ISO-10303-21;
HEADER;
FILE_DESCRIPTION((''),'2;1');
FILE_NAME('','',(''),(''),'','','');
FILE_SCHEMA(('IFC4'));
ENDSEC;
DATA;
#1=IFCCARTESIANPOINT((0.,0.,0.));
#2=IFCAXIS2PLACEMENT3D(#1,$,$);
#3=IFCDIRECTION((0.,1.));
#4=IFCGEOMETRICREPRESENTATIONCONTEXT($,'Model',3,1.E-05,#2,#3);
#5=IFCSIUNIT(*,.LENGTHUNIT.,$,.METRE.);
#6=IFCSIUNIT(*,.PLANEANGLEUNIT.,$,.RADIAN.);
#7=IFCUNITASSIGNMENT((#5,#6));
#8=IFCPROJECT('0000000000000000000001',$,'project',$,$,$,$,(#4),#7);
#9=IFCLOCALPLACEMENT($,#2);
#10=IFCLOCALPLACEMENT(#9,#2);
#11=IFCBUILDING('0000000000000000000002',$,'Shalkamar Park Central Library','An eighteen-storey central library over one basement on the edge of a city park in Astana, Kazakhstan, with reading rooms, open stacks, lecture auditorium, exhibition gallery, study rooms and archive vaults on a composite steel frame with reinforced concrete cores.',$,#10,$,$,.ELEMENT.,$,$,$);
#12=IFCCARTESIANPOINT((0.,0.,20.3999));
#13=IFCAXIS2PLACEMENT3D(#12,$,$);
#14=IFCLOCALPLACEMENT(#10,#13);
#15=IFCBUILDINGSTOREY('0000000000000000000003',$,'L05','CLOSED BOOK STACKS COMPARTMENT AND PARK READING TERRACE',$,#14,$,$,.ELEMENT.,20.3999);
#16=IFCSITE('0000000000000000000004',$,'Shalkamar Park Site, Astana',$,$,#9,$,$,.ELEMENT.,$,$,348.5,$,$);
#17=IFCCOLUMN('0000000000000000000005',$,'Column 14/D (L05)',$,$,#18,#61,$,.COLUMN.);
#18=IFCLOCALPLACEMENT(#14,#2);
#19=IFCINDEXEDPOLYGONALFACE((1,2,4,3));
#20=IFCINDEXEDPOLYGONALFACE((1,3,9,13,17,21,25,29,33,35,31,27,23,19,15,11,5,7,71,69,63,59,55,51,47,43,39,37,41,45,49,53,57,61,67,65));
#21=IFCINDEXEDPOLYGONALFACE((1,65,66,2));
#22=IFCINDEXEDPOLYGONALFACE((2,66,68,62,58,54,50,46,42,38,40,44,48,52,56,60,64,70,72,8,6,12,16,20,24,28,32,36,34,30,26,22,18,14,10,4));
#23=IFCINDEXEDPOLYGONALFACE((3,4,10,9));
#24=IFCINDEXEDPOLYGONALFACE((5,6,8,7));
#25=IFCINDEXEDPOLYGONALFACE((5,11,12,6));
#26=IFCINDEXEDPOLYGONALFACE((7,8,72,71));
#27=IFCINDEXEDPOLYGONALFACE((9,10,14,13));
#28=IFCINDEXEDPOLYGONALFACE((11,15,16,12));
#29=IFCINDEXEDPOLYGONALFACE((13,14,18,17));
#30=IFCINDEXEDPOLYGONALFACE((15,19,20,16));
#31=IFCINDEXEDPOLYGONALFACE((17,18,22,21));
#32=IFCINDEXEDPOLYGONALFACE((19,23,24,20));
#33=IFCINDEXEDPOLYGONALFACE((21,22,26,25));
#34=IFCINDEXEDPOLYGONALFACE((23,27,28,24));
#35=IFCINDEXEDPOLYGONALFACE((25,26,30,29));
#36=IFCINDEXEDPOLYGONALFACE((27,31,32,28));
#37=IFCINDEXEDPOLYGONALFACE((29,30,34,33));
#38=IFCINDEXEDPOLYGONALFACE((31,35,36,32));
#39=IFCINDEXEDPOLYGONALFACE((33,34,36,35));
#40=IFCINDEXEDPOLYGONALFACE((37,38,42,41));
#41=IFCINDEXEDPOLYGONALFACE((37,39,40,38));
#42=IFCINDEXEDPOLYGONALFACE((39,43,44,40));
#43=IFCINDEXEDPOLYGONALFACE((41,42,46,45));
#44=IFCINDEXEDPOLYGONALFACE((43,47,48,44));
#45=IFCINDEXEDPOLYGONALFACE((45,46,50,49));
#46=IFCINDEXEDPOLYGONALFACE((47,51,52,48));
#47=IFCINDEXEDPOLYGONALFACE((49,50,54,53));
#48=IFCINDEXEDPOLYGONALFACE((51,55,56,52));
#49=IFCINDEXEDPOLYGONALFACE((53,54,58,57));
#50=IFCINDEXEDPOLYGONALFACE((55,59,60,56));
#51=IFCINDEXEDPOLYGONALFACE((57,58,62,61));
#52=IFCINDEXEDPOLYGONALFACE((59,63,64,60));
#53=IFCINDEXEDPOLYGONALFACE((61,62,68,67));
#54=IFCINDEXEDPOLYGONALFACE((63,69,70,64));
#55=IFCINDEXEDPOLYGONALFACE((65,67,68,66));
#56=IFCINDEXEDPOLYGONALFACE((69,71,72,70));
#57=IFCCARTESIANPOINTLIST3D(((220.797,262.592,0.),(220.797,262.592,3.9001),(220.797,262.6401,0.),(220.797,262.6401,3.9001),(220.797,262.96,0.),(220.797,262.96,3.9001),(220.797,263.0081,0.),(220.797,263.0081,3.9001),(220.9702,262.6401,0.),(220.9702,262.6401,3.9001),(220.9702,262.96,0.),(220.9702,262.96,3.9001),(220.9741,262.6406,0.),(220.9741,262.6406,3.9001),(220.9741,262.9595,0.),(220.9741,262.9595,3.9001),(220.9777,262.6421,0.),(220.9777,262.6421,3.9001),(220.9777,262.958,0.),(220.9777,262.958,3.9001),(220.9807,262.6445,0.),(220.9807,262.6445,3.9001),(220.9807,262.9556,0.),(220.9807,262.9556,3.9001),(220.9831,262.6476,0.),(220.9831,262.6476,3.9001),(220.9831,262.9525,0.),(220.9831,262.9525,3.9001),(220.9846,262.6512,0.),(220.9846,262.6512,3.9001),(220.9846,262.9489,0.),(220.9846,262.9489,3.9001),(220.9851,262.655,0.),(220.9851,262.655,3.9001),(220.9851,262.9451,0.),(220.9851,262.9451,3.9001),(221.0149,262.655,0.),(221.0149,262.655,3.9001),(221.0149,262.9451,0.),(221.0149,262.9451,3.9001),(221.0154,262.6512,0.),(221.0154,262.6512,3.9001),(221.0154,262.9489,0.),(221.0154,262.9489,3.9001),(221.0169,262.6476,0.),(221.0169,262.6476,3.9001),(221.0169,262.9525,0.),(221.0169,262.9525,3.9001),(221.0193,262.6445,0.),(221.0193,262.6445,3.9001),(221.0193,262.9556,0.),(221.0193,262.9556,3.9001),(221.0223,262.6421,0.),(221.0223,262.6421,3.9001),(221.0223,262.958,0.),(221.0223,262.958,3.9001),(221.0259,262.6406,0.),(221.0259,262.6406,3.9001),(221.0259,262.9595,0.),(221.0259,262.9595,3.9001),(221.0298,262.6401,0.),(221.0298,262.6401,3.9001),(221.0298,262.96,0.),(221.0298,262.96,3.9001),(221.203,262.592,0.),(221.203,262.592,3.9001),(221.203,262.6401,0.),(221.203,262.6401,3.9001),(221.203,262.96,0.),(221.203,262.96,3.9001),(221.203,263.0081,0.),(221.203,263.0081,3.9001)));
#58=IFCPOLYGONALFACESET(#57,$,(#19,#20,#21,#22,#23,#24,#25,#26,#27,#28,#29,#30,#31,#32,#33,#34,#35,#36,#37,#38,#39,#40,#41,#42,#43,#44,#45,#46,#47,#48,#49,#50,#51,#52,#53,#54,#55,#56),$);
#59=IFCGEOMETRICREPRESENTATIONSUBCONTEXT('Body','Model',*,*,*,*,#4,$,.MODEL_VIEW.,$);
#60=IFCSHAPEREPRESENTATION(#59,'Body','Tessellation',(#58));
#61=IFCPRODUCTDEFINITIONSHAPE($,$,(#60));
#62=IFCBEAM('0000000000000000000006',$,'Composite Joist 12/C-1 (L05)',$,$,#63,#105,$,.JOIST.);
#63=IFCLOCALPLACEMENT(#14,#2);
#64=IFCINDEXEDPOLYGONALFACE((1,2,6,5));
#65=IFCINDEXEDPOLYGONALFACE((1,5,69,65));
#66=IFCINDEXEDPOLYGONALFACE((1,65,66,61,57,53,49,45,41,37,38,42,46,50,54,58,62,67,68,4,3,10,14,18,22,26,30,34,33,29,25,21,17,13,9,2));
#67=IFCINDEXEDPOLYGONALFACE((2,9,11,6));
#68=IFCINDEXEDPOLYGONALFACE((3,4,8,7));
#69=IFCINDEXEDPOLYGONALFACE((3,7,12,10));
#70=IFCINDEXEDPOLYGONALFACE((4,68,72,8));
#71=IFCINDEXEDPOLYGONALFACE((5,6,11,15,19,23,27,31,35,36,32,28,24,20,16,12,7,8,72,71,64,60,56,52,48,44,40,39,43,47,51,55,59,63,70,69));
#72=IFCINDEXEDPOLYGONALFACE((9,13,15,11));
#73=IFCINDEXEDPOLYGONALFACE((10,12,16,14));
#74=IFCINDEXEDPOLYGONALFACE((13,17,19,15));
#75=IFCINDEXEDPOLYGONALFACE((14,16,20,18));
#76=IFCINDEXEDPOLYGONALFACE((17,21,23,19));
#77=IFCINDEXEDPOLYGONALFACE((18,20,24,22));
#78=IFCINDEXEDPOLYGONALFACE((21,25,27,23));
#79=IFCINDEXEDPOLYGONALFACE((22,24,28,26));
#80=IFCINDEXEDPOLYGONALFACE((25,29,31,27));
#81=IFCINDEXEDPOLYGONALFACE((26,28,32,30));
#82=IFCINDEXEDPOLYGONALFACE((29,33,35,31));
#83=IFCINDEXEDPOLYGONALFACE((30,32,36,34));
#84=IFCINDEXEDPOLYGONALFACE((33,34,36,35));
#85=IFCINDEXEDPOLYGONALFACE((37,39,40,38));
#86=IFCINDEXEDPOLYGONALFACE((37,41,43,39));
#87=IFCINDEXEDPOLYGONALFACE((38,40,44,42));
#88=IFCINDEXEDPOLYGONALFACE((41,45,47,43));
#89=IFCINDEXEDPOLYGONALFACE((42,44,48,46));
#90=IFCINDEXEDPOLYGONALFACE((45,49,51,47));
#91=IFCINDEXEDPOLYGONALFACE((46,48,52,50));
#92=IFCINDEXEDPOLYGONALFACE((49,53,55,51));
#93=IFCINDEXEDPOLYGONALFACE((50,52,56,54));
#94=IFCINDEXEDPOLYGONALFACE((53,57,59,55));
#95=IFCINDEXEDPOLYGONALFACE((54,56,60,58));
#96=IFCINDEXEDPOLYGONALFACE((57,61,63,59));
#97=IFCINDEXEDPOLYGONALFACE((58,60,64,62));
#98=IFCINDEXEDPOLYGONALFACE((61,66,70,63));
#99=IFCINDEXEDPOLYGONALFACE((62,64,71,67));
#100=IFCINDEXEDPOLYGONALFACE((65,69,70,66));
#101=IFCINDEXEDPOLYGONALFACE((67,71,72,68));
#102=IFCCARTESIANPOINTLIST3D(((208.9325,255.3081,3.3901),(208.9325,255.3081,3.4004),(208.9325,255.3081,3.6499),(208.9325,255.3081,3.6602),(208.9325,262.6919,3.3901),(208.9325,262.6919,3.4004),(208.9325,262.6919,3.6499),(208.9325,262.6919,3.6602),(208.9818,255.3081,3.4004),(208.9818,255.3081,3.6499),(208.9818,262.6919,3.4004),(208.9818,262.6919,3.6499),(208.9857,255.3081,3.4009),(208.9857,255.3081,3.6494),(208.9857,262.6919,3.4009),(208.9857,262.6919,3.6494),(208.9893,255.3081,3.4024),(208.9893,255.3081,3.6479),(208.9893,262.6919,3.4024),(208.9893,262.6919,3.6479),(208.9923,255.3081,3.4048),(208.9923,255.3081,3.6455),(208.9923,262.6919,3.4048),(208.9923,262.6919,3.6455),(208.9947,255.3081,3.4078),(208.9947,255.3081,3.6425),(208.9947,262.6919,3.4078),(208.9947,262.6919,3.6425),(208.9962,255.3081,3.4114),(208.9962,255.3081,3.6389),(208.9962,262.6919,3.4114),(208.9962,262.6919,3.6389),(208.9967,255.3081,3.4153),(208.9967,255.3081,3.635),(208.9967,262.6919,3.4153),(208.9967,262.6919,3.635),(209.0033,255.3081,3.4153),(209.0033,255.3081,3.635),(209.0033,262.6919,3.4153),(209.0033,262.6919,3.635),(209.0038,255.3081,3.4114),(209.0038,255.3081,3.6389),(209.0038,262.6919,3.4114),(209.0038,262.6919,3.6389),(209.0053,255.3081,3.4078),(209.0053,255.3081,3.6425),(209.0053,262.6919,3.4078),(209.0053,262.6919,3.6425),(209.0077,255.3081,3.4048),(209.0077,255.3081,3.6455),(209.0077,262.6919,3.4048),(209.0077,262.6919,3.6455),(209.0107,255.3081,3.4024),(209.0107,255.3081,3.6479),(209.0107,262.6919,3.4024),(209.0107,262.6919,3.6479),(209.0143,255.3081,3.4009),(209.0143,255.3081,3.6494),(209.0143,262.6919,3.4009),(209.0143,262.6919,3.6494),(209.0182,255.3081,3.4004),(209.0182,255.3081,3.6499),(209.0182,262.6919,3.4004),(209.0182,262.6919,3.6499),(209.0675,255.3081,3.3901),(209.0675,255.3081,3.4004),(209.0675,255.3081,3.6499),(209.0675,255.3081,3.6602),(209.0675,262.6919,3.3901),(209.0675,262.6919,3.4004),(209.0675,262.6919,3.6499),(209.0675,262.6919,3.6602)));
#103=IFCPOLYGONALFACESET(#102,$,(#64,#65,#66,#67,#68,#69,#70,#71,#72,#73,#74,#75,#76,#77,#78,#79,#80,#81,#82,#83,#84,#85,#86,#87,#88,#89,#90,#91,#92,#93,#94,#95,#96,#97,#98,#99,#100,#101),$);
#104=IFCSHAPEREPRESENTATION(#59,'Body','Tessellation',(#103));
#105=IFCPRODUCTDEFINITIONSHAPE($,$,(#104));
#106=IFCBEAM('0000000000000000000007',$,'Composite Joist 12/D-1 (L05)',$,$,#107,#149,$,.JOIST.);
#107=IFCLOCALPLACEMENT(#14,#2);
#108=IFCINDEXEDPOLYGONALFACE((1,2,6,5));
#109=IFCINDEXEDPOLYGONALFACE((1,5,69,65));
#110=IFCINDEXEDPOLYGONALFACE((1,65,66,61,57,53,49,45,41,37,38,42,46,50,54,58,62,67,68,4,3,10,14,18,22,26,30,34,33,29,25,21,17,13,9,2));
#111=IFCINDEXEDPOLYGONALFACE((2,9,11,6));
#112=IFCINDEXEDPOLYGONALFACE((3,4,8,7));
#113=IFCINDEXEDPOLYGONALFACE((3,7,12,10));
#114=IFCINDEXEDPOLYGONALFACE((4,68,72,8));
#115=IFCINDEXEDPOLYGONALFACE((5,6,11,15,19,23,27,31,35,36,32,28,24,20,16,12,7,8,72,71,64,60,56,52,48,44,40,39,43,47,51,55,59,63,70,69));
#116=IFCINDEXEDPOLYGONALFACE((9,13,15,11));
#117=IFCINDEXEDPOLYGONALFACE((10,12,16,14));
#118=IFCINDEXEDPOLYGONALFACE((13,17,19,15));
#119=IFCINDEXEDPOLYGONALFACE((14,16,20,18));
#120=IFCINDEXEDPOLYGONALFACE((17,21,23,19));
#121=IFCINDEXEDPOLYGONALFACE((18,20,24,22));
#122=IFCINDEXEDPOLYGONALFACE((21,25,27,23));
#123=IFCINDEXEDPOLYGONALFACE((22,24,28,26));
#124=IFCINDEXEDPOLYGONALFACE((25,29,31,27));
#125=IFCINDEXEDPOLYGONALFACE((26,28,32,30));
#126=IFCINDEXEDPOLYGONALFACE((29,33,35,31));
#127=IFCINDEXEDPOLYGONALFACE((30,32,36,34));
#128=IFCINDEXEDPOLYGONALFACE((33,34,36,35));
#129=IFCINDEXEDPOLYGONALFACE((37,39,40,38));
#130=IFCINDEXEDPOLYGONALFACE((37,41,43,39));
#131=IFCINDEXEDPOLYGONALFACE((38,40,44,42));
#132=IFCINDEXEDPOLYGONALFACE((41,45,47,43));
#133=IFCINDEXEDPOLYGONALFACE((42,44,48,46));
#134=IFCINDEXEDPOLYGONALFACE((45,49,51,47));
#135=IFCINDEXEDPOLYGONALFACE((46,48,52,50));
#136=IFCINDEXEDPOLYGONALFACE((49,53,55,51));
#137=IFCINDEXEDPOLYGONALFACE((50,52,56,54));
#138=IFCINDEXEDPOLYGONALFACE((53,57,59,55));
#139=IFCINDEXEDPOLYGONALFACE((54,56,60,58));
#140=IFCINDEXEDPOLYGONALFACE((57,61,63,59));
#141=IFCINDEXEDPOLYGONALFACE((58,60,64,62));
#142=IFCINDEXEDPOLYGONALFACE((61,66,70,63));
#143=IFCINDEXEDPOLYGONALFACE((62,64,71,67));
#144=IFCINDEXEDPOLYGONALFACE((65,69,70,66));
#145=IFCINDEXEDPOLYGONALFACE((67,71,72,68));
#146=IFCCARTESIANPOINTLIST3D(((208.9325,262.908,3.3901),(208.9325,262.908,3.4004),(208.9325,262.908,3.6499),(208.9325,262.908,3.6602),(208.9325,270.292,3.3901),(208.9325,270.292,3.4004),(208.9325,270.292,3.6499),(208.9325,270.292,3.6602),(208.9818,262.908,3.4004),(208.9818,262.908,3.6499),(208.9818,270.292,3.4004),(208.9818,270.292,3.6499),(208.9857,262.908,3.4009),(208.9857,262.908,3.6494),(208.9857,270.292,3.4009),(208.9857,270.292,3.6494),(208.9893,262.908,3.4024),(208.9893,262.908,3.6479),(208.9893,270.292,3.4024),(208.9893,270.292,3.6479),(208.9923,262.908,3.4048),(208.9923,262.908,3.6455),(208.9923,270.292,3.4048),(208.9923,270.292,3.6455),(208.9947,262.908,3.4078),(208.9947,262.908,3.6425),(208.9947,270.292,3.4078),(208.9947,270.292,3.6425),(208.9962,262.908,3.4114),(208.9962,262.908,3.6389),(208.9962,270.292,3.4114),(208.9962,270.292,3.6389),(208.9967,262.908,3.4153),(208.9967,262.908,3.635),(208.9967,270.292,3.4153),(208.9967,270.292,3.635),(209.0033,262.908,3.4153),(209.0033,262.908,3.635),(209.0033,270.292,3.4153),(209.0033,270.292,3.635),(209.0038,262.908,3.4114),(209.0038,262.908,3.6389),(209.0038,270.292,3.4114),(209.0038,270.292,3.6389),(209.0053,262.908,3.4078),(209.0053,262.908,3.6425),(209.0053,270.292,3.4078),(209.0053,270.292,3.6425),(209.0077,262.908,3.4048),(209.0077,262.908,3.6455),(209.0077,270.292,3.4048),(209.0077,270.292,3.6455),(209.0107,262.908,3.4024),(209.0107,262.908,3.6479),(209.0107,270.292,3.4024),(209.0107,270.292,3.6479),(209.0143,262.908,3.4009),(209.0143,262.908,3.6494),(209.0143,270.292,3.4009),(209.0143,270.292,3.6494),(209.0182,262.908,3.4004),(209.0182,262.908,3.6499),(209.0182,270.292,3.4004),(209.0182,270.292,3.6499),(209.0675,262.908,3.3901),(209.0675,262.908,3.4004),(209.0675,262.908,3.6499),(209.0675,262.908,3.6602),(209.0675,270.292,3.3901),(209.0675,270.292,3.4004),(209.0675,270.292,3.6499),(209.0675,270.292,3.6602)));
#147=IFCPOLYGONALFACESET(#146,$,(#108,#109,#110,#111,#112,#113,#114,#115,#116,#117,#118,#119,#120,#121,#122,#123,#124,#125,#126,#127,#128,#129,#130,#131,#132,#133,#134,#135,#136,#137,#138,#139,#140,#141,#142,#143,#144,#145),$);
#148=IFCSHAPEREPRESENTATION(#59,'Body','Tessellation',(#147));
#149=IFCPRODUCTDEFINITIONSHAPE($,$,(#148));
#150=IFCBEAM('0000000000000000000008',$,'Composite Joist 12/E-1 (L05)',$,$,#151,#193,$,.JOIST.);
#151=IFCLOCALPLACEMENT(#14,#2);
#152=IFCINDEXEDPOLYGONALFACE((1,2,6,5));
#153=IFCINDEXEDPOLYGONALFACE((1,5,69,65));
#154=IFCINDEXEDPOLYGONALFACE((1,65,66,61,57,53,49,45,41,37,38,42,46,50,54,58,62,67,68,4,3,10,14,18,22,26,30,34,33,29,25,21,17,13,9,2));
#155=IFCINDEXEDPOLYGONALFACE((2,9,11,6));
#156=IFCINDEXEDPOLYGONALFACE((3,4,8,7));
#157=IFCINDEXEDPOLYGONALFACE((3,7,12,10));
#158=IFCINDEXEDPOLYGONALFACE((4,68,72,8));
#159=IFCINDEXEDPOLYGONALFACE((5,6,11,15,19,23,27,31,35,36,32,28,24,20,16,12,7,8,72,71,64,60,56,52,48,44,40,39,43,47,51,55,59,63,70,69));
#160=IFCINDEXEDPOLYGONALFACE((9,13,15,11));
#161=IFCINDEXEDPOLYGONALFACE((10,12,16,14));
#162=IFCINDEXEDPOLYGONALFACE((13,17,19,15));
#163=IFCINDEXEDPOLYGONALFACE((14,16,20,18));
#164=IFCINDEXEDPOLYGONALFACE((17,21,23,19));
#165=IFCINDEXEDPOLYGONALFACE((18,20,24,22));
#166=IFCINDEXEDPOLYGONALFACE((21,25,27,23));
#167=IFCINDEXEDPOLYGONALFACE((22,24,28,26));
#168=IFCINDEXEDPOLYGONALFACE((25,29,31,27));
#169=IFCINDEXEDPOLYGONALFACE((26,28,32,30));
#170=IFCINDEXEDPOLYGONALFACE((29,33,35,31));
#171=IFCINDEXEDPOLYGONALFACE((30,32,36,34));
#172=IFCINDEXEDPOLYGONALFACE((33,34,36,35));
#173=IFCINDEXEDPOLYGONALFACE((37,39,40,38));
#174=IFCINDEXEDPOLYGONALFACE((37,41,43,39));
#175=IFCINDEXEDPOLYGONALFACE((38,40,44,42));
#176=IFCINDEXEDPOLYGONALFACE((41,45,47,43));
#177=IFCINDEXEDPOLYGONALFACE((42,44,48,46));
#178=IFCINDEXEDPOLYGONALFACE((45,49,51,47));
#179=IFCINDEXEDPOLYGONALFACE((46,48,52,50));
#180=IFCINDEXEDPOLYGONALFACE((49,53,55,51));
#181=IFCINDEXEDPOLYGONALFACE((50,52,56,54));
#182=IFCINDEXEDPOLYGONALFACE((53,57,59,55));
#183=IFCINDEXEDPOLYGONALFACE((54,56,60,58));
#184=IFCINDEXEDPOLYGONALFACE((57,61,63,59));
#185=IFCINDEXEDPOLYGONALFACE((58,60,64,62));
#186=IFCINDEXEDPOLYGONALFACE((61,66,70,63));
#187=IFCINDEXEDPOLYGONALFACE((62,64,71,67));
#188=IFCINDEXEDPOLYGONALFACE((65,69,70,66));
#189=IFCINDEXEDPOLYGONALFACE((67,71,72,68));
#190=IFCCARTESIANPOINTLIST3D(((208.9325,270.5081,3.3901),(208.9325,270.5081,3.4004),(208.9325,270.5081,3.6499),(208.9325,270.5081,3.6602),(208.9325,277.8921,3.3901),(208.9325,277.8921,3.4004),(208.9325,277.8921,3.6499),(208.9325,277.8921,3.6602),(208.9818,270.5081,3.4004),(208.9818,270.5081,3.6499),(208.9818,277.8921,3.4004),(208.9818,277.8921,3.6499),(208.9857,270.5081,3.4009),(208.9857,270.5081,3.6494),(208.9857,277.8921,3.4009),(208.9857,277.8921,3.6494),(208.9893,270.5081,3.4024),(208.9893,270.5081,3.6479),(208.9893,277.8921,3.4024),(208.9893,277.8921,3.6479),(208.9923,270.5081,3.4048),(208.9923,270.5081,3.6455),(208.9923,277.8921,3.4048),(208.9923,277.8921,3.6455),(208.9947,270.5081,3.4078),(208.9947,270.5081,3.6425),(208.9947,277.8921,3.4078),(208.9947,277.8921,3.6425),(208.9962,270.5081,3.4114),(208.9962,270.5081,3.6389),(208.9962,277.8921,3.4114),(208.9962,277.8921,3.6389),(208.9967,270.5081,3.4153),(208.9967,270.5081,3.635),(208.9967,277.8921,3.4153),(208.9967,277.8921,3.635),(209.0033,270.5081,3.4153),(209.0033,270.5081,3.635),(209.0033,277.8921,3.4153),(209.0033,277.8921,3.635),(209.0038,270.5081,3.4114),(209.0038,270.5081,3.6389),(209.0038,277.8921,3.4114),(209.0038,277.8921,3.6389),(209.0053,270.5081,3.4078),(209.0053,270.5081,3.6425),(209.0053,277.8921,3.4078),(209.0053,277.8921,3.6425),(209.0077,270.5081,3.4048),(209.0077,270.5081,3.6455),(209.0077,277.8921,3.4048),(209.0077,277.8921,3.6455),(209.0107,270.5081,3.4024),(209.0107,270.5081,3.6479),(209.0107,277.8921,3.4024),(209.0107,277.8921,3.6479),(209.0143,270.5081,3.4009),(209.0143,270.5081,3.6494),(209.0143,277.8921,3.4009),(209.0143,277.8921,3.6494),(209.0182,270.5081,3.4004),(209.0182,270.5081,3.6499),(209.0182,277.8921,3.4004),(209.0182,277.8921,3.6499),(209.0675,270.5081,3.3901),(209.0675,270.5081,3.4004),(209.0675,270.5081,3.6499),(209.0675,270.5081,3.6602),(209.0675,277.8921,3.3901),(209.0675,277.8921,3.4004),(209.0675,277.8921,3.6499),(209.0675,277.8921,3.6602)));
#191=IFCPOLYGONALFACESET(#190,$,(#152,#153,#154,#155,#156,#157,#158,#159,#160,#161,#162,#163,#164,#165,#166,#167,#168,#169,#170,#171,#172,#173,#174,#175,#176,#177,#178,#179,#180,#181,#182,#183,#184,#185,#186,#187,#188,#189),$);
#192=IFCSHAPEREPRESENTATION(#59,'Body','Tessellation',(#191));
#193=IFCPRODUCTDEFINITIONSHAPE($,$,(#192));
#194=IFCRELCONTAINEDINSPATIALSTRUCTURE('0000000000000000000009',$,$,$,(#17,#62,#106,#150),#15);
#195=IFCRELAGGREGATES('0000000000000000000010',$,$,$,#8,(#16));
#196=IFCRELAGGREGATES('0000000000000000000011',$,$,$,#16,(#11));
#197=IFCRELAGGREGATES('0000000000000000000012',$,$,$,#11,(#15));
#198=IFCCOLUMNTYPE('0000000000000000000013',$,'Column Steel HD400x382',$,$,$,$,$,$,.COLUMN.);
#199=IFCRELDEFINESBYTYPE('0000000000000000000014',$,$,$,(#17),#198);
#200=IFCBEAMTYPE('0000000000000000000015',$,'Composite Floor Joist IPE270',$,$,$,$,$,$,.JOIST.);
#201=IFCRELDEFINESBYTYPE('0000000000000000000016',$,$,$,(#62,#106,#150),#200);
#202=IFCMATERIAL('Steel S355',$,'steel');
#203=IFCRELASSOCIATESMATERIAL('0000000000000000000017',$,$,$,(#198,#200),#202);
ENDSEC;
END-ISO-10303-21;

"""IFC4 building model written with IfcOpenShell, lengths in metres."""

from ifc_helpers import new_model, si_unit, direction, frame, origin, origin_2d, place, context, subcontext, project, spatial, i_section, extrude, material, material_profile, profile_set, type_object, element, save


model = new_model("IFC4")

# Units and contexts
model_context = context("Model", 3, precision=1e-05, world=origin(), true_north=direction((0.0, 1.0)))
body_context = subcontext(model_context, "Body", "Model", "MODEL_VIEW")
ifc_project = project(units=[si_unit("LENGTHUNIT", "METRE"), si_unit("PLANEANGLEUNIT", "RADIAN")], contexts=[model_context])

# Site, building, storey
site_placement = place(None, origin())
site = spatial("IfcSite", under=ifc_project, at=site_placement, Name="Shalkamar Park Site, Astana", CompositionType="ELEMENT", RefElevation=348.5)
building_placement = place(site_placement, origin())
building = spatial("IfcBuilding", under=site, at=building_placement, Name="Shalkamar Park Central Library", Description="An eighteen-storey central library over one basement on the edge of a city park in Astana, Kazakhstan, with reading rooms, open stacks, lecture auditorium, exhibition gallery, study rooms and archive vaults on a composite steel frame with reinforced concrete cores.", CompositionType="ELEMENT")
storey_placement = place(building_placement, frame((0.0, 0.0, 20.3999)))
storey = spatial("IfcBuildingStorey", under=building, at=storey_placement, Name="L05", Description="CLOSED BOOK STACKS COMPARTMENT AND PARK READING TERRACE", CompositionType="ELEMENT", Elevation=20.3999)

# Column
ifc_material_1 = material(Name="Steel S355", Category="steel")
ifc_material_profile_1 = material_profile(ifc_material_1, i_section(OverallWidth=0.406, OverallDepth=0.416, WebThickness=0.0298, FlangeThickness=0.0481, FilletRadius=0.0149, at=origin_2d()), Name="HD 400x382")
ifc_profile_set_1 = profile_set([ifc_material_profile_1], Name="Steel S355")
column_type_1 = type_object("IfcColumnType", Name="Column Steel HD400x382", PredefinedType="COLUMN", material=ifc_profile_set_1)
for number, where, z_axis, x_axis, name in (
    (1, (221.0, 262.8, 0.0), (0.0, 0.0, 1.0), (1.0, 0.0, 0.0), "Column 14/D (L05)"),
):
    element("IfcColumn", number, at=place(storey_placement, frame(where, z_axis=z_axis, x_axis=x_axis)), inside=storey, type_object=column_type_1, Name=name, PredefinedType="COLUMN", context=body_context, shape_type="SweptSolid", body=[
        extrude(i_section(OverallWidth=0.406, OverallDepth=0.416, WebThickness=0.0298, FlangeThickness=0.0481, FilletRadius=0.0149, at=origin_2d()), origin(), (0.0, 0.0, 1.0), 3.9001),
    ])

# Beams
ifc_material_profile_2 = material_profile(ifc_material_1, i_section(OverallWidth=0.135, OverallDepth=0.27, WebThickness=0.0066, FlangeThickness=0.0103, FilletRadius=0.0149, at=origin_2d()), Name="IPE 270")
ifc_profile_set_2 = profile_set([ifc_material_profile_2], Name="Steel S355")
beam_type_1 = type_object("IfcBeamType", Name="Composite Floor Joist IPE270", PredefinedType="JOIST", material=ifc_profile_set_2)
beam_1_placement = place(storey_placement, frame((209.0, 255.3081, 3.5251), z_axis=(0.0, 1.0, 0.0), x_axis=(-1.0, 0.0, 0.0)))
element("IfcBeam", 2, at=beam_1_placement, inside=storey, type_object=beam_type_1, Name="Composite Joist 12/C-1 (L05)", PredefinedType="JOIST", context=body_context, shape_type="SweptSolid", body=[
    extrude(i_section(OverallWidth=0.135, OverallDepth=0.27, WebThickness=0.0066, FlangeThickness=0.0103, FilletRadius=0.0149, at=origin_2d()), origin(), (0.0, 0.0, 1.0), 7.3838),
])
for number, where, z_axis, x_axis, name in (
    (3, (209.0, 262.908, 3.5251), (0.0, 1.0, 0.0), (-1.0, 0.0, 0.0), "Composite Joist 12/D-1 (L05)"),
    (4, (209.0, 270.5081, 3.5251), (0.0, 1.0, 0.0), (-1.0, 0.0, 0.0), "Composite Joist 12/E-1 (L05)"),
):
    element("IfcBeam", number, at=place(storey_placement, frame(where, z_axis=z_axis, x_axis=x_axis)), inside=storey, type_object=beam_type_1, Name=name, PredefinedType="JOIST", context=body_context, shape_type="SweptSolid", body=[
        extrude(i_section(OverallWidth=0.135, OverallDepth=0.27, WebThickness=0.0066, FlangeThickness=0.0103, FilletRadius=0.0149, at=origin_2d()), origin(), (0.0, 0.0, 1.0), 7.384),
    ])

save(model, "model.ifc")
